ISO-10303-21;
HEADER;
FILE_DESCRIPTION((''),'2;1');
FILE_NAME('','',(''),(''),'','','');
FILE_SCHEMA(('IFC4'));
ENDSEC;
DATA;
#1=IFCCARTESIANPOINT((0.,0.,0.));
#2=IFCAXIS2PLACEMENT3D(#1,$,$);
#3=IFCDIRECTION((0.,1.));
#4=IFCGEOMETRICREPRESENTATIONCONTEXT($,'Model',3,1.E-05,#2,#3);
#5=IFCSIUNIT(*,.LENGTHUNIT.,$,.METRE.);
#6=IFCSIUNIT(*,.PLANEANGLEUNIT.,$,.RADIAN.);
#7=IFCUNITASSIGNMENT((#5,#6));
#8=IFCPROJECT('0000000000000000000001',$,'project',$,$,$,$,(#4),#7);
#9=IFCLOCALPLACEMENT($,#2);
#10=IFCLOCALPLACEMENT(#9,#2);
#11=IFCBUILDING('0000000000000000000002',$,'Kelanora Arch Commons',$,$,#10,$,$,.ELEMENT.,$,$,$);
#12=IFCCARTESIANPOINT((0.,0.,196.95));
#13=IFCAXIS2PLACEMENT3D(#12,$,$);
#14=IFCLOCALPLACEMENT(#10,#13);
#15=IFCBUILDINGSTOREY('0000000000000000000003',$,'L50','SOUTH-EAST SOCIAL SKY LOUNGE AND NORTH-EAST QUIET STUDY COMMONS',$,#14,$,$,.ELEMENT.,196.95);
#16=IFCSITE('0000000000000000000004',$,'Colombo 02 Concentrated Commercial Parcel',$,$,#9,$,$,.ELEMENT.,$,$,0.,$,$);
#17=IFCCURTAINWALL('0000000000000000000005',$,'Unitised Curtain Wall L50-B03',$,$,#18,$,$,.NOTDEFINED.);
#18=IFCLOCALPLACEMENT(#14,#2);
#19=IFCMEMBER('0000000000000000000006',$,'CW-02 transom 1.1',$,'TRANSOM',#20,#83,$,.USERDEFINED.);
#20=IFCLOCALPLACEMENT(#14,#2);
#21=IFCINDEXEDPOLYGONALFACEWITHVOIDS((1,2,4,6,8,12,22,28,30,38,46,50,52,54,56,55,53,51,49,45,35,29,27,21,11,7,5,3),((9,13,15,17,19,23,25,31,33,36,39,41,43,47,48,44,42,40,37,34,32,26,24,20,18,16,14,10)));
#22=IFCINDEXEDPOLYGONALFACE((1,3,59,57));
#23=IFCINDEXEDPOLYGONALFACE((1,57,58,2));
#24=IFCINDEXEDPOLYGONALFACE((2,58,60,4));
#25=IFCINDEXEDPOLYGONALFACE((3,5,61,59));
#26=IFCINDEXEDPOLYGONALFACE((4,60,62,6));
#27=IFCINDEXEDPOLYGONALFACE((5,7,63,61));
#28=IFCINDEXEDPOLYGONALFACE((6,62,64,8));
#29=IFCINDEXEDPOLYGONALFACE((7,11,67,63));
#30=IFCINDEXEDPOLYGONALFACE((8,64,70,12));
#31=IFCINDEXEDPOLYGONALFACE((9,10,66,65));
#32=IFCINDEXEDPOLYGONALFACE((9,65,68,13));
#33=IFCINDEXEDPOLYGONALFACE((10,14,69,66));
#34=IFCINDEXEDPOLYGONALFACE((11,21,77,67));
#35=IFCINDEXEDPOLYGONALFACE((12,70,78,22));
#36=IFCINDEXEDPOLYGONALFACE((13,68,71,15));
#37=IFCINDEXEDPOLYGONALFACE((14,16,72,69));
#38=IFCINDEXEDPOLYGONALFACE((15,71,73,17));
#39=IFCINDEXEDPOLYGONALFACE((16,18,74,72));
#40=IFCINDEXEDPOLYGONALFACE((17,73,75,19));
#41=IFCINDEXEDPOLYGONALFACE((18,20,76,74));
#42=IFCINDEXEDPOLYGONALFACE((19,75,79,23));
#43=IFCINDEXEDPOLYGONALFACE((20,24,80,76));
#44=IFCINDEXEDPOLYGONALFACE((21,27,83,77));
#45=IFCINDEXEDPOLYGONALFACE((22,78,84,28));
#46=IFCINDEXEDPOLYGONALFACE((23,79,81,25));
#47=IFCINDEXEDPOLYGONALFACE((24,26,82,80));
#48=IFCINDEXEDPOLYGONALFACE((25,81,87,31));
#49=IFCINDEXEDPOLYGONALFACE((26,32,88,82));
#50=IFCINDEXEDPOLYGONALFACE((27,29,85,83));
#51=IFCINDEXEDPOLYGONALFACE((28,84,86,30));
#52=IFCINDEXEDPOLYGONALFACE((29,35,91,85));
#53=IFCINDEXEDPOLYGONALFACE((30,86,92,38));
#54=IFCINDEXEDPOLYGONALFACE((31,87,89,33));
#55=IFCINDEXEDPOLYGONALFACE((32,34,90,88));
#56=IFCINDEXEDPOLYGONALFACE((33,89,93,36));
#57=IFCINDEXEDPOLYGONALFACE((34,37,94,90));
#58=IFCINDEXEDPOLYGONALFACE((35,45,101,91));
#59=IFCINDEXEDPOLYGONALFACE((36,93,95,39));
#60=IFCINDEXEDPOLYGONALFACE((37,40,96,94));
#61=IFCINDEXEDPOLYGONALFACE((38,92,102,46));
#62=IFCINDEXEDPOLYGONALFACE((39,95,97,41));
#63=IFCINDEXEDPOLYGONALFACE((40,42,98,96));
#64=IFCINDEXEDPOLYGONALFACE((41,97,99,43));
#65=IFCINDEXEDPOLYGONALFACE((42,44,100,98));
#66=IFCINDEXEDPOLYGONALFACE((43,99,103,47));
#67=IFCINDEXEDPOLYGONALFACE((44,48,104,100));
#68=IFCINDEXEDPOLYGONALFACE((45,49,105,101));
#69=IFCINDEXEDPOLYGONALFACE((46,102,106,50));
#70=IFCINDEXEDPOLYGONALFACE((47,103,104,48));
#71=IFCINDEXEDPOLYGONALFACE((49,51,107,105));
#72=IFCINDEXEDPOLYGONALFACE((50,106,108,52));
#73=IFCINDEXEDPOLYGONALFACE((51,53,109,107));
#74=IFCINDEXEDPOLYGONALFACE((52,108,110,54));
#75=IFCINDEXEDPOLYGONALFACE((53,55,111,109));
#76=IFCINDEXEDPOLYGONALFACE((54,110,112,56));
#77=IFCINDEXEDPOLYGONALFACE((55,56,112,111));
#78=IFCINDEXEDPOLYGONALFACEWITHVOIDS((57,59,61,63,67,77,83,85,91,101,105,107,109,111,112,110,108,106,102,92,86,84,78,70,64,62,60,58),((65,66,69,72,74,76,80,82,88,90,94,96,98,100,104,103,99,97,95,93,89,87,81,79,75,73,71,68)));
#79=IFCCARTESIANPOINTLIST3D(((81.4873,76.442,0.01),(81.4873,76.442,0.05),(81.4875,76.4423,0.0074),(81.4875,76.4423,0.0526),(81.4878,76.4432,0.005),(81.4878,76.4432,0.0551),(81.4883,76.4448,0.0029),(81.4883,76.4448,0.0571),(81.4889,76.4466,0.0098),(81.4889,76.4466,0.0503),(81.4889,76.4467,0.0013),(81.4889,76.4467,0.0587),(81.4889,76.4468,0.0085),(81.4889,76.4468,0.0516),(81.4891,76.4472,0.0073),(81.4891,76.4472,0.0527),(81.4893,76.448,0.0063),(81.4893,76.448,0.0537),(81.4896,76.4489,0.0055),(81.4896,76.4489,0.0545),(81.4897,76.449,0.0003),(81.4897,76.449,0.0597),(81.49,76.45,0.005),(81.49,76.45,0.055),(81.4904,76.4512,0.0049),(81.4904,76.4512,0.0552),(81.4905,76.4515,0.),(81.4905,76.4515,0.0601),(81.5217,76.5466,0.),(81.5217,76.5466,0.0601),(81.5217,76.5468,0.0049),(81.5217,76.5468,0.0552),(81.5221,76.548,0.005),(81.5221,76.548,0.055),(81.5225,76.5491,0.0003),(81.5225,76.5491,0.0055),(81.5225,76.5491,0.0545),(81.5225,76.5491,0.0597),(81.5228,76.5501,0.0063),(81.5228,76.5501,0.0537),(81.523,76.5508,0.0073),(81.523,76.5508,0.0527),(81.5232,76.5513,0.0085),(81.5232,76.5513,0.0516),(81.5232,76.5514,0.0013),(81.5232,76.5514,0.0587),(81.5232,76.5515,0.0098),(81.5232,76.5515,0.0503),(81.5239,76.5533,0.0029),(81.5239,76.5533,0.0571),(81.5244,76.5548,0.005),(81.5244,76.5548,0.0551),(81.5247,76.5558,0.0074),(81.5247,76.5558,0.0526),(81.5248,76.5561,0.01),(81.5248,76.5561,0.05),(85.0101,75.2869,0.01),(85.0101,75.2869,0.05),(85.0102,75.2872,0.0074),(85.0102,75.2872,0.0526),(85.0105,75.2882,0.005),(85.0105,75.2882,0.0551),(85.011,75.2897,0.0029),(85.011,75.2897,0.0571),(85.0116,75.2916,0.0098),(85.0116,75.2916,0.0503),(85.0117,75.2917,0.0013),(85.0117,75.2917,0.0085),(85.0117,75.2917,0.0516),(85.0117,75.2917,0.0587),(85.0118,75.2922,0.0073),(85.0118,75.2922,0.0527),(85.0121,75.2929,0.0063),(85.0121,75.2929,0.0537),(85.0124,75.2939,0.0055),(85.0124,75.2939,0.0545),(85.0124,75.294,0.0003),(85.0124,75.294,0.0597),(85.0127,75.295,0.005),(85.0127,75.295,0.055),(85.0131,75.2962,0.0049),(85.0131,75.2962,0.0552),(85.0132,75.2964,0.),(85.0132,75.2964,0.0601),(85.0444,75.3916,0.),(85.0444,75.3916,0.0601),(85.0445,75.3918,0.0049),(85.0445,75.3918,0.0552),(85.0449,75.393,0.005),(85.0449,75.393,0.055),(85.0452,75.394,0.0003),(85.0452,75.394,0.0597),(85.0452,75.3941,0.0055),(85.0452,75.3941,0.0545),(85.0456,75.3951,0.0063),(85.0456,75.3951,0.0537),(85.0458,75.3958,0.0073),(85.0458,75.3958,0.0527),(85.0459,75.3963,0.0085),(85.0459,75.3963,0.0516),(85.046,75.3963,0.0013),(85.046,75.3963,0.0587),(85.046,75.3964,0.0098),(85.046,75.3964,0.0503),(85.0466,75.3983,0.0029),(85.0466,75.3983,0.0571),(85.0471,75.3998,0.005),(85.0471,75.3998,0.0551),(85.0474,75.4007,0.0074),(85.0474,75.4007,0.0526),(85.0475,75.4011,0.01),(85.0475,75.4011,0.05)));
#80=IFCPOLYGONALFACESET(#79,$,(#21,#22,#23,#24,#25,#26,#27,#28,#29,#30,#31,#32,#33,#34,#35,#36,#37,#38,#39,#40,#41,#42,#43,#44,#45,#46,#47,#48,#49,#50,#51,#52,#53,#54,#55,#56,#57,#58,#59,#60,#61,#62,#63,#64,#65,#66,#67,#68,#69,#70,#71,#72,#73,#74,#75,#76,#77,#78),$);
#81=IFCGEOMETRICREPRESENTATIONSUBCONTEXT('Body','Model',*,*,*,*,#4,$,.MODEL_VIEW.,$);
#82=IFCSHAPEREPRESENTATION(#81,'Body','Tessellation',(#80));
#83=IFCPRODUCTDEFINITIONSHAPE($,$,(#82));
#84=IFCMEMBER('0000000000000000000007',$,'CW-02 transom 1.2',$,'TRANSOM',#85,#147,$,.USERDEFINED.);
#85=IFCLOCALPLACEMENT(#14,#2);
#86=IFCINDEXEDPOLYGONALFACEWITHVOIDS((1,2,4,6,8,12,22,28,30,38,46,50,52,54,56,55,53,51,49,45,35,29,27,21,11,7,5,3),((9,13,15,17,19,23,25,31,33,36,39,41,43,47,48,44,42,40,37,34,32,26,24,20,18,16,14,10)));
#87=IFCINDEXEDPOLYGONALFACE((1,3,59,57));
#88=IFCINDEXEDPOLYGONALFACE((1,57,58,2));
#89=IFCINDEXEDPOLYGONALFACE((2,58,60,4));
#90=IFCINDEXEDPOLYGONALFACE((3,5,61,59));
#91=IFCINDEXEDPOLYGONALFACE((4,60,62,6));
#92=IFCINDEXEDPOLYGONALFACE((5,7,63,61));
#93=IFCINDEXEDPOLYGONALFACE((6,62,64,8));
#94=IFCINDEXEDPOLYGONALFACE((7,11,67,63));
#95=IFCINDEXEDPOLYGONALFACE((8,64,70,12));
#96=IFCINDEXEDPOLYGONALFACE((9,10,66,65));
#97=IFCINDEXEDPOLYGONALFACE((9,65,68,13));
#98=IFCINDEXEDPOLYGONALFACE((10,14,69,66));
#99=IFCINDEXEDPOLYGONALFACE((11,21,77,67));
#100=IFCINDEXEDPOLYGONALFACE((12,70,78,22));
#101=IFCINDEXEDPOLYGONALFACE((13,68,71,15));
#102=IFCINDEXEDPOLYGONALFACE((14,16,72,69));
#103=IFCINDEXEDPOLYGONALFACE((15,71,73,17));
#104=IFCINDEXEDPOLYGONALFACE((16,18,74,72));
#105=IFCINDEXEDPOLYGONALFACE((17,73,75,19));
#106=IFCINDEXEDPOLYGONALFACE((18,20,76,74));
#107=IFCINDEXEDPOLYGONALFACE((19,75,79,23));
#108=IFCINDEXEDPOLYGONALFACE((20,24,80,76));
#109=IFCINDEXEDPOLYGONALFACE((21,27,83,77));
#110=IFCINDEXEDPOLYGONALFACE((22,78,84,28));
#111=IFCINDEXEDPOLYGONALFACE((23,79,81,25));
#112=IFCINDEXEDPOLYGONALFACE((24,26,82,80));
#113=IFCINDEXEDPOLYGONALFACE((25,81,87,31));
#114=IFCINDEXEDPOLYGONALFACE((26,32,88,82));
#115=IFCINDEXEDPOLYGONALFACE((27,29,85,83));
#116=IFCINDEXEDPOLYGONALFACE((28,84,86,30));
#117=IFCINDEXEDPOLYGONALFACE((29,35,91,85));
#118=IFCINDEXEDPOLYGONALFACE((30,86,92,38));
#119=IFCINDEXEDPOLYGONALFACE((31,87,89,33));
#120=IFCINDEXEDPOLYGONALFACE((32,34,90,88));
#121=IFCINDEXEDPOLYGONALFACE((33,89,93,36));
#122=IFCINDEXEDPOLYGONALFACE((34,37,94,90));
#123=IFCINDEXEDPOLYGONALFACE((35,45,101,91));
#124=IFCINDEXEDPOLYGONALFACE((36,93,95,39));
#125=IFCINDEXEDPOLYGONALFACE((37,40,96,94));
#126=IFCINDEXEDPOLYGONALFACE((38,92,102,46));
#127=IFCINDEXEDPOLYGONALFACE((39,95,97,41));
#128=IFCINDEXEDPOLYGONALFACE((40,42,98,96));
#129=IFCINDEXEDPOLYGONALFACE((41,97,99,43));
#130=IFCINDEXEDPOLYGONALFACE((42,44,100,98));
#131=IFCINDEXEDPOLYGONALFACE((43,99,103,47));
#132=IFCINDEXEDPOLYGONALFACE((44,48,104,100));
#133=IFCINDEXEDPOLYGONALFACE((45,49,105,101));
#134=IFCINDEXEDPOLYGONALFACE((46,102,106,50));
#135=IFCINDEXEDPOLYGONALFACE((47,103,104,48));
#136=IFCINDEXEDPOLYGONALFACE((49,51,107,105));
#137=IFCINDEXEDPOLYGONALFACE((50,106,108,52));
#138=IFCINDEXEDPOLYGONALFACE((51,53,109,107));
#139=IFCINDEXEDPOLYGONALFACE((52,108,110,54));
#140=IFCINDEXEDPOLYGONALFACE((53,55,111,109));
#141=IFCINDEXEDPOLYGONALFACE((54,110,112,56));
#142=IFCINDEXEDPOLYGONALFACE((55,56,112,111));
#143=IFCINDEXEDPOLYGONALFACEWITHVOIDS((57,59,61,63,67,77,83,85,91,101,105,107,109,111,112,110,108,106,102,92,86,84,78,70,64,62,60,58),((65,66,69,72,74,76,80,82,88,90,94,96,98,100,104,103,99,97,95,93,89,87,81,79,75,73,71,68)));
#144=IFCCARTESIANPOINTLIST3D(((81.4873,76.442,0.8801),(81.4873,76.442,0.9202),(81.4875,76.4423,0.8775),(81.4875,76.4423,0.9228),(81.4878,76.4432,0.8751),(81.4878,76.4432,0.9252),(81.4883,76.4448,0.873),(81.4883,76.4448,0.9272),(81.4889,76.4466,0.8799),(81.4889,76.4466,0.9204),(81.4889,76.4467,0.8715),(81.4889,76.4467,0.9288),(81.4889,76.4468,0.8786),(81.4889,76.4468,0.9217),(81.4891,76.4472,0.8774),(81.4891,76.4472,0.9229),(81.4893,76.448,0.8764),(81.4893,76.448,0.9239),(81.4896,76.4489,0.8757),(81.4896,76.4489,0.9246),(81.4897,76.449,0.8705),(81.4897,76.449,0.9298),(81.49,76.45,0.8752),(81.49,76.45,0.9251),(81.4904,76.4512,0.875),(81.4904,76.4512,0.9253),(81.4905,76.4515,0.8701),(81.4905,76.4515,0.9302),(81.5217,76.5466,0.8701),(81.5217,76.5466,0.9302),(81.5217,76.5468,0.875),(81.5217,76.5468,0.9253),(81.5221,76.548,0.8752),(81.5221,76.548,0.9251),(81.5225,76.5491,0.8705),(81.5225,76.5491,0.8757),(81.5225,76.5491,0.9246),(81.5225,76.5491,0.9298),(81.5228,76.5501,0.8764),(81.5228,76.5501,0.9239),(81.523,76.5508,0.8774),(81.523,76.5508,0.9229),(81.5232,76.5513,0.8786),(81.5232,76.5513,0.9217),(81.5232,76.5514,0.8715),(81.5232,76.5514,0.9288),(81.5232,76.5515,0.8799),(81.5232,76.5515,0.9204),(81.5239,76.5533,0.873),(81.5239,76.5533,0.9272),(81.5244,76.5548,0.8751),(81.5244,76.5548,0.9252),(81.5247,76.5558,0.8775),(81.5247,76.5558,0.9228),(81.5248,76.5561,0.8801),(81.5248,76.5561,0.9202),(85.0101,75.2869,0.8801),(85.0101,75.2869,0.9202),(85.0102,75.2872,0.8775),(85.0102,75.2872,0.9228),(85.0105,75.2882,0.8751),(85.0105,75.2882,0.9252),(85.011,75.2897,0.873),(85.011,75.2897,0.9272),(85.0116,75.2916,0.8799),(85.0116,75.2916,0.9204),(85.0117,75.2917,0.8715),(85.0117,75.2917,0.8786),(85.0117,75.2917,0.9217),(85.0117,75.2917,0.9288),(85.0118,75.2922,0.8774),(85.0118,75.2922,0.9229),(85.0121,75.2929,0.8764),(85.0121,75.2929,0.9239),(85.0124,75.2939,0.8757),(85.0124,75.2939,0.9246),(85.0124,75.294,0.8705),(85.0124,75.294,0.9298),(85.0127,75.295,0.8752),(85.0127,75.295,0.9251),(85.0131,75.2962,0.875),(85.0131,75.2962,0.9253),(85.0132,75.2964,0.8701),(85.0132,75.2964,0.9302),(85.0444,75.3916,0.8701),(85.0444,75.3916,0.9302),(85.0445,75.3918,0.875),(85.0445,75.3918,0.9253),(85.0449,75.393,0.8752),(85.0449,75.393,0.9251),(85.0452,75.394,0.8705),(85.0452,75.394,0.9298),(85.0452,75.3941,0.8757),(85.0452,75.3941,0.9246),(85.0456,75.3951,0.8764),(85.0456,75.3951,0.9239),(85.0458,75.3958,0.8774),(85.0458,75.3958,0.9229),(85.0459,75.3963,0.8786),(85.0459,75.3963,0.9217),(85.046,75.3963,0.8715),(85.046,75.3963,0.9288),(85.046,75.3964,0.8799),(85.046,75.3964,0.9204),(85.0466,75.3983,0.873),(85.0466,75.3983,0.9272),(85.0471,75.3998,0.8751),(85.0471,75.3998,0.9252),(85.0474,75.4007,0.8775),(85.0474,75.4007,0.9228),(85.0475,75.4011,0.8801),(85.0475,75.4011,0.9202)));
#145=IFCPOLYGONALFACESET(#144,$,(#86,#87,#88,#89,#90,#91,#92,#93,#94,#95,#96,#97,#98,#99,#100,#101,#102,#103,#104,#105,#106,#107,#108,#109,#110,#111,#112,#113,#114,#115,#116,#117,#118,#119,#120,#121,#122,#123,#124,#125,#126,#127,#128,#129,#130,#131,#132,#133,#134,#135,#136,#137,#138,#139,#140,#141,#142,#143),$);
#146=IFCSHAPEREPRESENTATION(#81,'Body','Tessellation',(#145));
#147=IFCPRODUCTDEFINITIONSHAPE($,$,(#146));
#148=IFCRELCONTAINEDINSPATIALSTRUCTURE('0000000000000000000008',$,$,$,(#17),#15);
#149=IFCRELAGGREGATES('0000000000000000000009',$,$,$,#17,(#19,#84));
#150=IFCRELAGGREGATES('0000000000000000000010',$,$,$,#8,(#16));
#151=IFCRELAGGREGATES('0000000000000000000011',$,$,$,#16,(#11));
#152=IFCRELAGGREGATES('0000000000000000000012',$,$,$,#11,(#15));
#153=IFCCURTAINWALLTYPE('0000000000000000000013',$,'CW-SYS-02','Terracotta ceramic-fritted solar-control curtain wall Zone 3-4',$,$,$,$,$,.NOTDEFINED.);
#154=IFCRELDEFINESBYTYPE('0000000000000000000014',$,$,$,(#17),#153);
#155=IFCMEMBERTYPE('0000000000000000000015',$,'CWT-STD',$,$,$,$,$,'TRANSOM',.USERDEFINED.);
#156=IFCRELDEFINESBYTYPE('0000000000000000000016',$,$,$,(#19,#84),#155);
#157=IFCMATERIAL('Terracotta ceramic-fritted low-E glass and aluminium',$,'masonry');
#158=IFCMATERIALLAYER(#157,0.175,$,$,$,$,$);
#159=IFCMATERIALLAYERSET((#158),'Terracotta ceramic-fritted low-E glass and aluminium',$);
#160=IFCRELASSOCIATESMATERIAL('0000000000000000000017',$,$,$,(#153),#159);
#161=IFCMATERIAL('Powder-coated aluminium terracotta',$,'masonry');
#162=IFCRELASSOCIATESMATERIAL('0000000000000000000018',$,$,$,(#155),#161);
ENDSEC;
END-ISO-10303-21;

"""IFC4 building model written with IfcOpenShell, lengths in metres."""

from ifc_helpers import new_model, si_unit, direction, frame, origin, origin_2d, place, context, subcontext, project, spatial, hollow_rectangle, extrude, material, layer, layer_set, material_profile, profile_set, type_object, element, aggregate, save


model = new_model("IFC4")

# Units and contexts
model_context = context("Model", 3, precision=1e-05, world=origin(), true_north=direction((0.0, 1.0)))
body_context = subcontext(model_context, "Body", "Model", "MODEL_VIEW")
ifc_project = project(units=[si_unit("LENGTHUNIT", "METRE"), si_unit("PLANEANGLEUNIT", "RADIAN")], contexts=[model_context])

# Site, building, storey
site_placement = place(None, origin())
site = spatial("IfcSite", under=ifc_project, at=site_placement, Name="Colombo 02 Concentrated Commercial Parcel", CompositionType="ELEMENT", RefElevation=0.0)
building_placement = place(site_placement, origin())
building = spatial("IfcBuilding", under=site, at=building_placement, Name="Kelanora Arch Commons", CompositionType="ELEMENT")
storey_placement = place(building_placement, frame((0.0, 0.0, 196.95)))
storey = spatial("IfcBuildingStorey", under=building, at=storey_placement, Name="L50", Description="SOUTH-EAST SOCIAL SKY LOUNGE AND NORTH-EAST QUIET STUDY COMMONS", CompositionType="ELEMENT", Elevation=196.95)

# Shared definitions
ifc_material_1 = material(Name="Terracotta ceramic-fritted low-E glass and aluminium", Category="masonry")
ifc_layer_1 = layer(ifc_material_1, 0.175)
ifc_layer_set_1 = layer_set([ifc_layer_1], Name="Terracotta ceramic-fritted low-E glass and aluminium")
curtain_wall_type = type_object("IfcCurtainWallType", Name="CW-SYS-02", Description="Terracotta ceramic-fritted solar-control curtain wall Zone 3-4", PredefinedType="NOTDEFINED", material=ifc_layer_set_1)
ifc_material_2 = material(Name="Powder-coated aluminium terracotta", Category="masonry")

# Curtain wall, members
curtain_wall_1_placement = place(storey_placement, origin())
curtain_wall_1 = element("IfcCurtainWall", 1, at=curtain_wall_1_placement, inside=storey, type_object=curtain_wall_type, Name="Unitised Curtain Wall L50-B03", PredefinedType="NOTDEFINED")
ifc_material_profile_1 = material_profile(ifc_material_2, hollow_rectangle(XDim=0.1201, YDim=0.0601, WallThickness=0.0049, InnerFilletRadius=0.0049, OuterFilletRadius=0.01, at=origin_2d()), Name="CWT120x60")
ifc_profile_set_1 = profile_set([ifc_material_profile_1], Name="Powder-coated aluminium terracotta")
member_type_1 = type_object("IfcMemberType", Name="CWT-STD", ElementType="TRANSOM", PredefinedType="USERDEFINED", material=ifc_profile_set_1)
member_1_placement = place(storey_placement, frame((85.0288, 75.344, 0.03), z_axis=(-0.950226, 0.311561, 0.0), x_axis=(-0.311561, -0.950226, 0.0)))
member_1 = element("IfcMember", 2, at=member_1_placement, type_object=member_type_1, Name="CW-02 transom 1.1", ObjectType="TRANSOM", PredefinedType="USERDEFINED", context=body_context, shape_type="SweptSolid", body=[
    extrude(hollow_rectangle(XDim=0.1201, YDim=0.0601, WallThickness=0.0049, InnerFilletRadius=0.0049, OuterFilletRadius=0.01, at=origin_2d()), origin(), (0.0, 0.0, 1.0), 3.7073),
])
member_2_placement = place(storey_placement, frame((85.0288, 75.344, 0.9001), z_axis=(-0.950226, 0.311561, 0.0), x_axis=(-0.311561, -0.950226, 0.0)))
member_2 = element("IfcMember", 3, at=member_2_placement, type_object=member_type_1, Name="CW-02 transom 1.2", ObjectType="TRANSOM", PredefinedType="USERDEFINED", context=body_context, shape_type="SweptSolid", body=[
    extrude(hollow_rectangle(XDim=0.1201, YDim=0.0601, WallThickness=0.0049, InnerFilletRadius=0.0049, OuterFilletRadius=0.01, at=origin_2d()), origin(), (0.0, 0.0, 1.0), 3.7073),
])
aggregate(curtain_wall_1, [member_1, member_2])

save(model, "model.ifc")
